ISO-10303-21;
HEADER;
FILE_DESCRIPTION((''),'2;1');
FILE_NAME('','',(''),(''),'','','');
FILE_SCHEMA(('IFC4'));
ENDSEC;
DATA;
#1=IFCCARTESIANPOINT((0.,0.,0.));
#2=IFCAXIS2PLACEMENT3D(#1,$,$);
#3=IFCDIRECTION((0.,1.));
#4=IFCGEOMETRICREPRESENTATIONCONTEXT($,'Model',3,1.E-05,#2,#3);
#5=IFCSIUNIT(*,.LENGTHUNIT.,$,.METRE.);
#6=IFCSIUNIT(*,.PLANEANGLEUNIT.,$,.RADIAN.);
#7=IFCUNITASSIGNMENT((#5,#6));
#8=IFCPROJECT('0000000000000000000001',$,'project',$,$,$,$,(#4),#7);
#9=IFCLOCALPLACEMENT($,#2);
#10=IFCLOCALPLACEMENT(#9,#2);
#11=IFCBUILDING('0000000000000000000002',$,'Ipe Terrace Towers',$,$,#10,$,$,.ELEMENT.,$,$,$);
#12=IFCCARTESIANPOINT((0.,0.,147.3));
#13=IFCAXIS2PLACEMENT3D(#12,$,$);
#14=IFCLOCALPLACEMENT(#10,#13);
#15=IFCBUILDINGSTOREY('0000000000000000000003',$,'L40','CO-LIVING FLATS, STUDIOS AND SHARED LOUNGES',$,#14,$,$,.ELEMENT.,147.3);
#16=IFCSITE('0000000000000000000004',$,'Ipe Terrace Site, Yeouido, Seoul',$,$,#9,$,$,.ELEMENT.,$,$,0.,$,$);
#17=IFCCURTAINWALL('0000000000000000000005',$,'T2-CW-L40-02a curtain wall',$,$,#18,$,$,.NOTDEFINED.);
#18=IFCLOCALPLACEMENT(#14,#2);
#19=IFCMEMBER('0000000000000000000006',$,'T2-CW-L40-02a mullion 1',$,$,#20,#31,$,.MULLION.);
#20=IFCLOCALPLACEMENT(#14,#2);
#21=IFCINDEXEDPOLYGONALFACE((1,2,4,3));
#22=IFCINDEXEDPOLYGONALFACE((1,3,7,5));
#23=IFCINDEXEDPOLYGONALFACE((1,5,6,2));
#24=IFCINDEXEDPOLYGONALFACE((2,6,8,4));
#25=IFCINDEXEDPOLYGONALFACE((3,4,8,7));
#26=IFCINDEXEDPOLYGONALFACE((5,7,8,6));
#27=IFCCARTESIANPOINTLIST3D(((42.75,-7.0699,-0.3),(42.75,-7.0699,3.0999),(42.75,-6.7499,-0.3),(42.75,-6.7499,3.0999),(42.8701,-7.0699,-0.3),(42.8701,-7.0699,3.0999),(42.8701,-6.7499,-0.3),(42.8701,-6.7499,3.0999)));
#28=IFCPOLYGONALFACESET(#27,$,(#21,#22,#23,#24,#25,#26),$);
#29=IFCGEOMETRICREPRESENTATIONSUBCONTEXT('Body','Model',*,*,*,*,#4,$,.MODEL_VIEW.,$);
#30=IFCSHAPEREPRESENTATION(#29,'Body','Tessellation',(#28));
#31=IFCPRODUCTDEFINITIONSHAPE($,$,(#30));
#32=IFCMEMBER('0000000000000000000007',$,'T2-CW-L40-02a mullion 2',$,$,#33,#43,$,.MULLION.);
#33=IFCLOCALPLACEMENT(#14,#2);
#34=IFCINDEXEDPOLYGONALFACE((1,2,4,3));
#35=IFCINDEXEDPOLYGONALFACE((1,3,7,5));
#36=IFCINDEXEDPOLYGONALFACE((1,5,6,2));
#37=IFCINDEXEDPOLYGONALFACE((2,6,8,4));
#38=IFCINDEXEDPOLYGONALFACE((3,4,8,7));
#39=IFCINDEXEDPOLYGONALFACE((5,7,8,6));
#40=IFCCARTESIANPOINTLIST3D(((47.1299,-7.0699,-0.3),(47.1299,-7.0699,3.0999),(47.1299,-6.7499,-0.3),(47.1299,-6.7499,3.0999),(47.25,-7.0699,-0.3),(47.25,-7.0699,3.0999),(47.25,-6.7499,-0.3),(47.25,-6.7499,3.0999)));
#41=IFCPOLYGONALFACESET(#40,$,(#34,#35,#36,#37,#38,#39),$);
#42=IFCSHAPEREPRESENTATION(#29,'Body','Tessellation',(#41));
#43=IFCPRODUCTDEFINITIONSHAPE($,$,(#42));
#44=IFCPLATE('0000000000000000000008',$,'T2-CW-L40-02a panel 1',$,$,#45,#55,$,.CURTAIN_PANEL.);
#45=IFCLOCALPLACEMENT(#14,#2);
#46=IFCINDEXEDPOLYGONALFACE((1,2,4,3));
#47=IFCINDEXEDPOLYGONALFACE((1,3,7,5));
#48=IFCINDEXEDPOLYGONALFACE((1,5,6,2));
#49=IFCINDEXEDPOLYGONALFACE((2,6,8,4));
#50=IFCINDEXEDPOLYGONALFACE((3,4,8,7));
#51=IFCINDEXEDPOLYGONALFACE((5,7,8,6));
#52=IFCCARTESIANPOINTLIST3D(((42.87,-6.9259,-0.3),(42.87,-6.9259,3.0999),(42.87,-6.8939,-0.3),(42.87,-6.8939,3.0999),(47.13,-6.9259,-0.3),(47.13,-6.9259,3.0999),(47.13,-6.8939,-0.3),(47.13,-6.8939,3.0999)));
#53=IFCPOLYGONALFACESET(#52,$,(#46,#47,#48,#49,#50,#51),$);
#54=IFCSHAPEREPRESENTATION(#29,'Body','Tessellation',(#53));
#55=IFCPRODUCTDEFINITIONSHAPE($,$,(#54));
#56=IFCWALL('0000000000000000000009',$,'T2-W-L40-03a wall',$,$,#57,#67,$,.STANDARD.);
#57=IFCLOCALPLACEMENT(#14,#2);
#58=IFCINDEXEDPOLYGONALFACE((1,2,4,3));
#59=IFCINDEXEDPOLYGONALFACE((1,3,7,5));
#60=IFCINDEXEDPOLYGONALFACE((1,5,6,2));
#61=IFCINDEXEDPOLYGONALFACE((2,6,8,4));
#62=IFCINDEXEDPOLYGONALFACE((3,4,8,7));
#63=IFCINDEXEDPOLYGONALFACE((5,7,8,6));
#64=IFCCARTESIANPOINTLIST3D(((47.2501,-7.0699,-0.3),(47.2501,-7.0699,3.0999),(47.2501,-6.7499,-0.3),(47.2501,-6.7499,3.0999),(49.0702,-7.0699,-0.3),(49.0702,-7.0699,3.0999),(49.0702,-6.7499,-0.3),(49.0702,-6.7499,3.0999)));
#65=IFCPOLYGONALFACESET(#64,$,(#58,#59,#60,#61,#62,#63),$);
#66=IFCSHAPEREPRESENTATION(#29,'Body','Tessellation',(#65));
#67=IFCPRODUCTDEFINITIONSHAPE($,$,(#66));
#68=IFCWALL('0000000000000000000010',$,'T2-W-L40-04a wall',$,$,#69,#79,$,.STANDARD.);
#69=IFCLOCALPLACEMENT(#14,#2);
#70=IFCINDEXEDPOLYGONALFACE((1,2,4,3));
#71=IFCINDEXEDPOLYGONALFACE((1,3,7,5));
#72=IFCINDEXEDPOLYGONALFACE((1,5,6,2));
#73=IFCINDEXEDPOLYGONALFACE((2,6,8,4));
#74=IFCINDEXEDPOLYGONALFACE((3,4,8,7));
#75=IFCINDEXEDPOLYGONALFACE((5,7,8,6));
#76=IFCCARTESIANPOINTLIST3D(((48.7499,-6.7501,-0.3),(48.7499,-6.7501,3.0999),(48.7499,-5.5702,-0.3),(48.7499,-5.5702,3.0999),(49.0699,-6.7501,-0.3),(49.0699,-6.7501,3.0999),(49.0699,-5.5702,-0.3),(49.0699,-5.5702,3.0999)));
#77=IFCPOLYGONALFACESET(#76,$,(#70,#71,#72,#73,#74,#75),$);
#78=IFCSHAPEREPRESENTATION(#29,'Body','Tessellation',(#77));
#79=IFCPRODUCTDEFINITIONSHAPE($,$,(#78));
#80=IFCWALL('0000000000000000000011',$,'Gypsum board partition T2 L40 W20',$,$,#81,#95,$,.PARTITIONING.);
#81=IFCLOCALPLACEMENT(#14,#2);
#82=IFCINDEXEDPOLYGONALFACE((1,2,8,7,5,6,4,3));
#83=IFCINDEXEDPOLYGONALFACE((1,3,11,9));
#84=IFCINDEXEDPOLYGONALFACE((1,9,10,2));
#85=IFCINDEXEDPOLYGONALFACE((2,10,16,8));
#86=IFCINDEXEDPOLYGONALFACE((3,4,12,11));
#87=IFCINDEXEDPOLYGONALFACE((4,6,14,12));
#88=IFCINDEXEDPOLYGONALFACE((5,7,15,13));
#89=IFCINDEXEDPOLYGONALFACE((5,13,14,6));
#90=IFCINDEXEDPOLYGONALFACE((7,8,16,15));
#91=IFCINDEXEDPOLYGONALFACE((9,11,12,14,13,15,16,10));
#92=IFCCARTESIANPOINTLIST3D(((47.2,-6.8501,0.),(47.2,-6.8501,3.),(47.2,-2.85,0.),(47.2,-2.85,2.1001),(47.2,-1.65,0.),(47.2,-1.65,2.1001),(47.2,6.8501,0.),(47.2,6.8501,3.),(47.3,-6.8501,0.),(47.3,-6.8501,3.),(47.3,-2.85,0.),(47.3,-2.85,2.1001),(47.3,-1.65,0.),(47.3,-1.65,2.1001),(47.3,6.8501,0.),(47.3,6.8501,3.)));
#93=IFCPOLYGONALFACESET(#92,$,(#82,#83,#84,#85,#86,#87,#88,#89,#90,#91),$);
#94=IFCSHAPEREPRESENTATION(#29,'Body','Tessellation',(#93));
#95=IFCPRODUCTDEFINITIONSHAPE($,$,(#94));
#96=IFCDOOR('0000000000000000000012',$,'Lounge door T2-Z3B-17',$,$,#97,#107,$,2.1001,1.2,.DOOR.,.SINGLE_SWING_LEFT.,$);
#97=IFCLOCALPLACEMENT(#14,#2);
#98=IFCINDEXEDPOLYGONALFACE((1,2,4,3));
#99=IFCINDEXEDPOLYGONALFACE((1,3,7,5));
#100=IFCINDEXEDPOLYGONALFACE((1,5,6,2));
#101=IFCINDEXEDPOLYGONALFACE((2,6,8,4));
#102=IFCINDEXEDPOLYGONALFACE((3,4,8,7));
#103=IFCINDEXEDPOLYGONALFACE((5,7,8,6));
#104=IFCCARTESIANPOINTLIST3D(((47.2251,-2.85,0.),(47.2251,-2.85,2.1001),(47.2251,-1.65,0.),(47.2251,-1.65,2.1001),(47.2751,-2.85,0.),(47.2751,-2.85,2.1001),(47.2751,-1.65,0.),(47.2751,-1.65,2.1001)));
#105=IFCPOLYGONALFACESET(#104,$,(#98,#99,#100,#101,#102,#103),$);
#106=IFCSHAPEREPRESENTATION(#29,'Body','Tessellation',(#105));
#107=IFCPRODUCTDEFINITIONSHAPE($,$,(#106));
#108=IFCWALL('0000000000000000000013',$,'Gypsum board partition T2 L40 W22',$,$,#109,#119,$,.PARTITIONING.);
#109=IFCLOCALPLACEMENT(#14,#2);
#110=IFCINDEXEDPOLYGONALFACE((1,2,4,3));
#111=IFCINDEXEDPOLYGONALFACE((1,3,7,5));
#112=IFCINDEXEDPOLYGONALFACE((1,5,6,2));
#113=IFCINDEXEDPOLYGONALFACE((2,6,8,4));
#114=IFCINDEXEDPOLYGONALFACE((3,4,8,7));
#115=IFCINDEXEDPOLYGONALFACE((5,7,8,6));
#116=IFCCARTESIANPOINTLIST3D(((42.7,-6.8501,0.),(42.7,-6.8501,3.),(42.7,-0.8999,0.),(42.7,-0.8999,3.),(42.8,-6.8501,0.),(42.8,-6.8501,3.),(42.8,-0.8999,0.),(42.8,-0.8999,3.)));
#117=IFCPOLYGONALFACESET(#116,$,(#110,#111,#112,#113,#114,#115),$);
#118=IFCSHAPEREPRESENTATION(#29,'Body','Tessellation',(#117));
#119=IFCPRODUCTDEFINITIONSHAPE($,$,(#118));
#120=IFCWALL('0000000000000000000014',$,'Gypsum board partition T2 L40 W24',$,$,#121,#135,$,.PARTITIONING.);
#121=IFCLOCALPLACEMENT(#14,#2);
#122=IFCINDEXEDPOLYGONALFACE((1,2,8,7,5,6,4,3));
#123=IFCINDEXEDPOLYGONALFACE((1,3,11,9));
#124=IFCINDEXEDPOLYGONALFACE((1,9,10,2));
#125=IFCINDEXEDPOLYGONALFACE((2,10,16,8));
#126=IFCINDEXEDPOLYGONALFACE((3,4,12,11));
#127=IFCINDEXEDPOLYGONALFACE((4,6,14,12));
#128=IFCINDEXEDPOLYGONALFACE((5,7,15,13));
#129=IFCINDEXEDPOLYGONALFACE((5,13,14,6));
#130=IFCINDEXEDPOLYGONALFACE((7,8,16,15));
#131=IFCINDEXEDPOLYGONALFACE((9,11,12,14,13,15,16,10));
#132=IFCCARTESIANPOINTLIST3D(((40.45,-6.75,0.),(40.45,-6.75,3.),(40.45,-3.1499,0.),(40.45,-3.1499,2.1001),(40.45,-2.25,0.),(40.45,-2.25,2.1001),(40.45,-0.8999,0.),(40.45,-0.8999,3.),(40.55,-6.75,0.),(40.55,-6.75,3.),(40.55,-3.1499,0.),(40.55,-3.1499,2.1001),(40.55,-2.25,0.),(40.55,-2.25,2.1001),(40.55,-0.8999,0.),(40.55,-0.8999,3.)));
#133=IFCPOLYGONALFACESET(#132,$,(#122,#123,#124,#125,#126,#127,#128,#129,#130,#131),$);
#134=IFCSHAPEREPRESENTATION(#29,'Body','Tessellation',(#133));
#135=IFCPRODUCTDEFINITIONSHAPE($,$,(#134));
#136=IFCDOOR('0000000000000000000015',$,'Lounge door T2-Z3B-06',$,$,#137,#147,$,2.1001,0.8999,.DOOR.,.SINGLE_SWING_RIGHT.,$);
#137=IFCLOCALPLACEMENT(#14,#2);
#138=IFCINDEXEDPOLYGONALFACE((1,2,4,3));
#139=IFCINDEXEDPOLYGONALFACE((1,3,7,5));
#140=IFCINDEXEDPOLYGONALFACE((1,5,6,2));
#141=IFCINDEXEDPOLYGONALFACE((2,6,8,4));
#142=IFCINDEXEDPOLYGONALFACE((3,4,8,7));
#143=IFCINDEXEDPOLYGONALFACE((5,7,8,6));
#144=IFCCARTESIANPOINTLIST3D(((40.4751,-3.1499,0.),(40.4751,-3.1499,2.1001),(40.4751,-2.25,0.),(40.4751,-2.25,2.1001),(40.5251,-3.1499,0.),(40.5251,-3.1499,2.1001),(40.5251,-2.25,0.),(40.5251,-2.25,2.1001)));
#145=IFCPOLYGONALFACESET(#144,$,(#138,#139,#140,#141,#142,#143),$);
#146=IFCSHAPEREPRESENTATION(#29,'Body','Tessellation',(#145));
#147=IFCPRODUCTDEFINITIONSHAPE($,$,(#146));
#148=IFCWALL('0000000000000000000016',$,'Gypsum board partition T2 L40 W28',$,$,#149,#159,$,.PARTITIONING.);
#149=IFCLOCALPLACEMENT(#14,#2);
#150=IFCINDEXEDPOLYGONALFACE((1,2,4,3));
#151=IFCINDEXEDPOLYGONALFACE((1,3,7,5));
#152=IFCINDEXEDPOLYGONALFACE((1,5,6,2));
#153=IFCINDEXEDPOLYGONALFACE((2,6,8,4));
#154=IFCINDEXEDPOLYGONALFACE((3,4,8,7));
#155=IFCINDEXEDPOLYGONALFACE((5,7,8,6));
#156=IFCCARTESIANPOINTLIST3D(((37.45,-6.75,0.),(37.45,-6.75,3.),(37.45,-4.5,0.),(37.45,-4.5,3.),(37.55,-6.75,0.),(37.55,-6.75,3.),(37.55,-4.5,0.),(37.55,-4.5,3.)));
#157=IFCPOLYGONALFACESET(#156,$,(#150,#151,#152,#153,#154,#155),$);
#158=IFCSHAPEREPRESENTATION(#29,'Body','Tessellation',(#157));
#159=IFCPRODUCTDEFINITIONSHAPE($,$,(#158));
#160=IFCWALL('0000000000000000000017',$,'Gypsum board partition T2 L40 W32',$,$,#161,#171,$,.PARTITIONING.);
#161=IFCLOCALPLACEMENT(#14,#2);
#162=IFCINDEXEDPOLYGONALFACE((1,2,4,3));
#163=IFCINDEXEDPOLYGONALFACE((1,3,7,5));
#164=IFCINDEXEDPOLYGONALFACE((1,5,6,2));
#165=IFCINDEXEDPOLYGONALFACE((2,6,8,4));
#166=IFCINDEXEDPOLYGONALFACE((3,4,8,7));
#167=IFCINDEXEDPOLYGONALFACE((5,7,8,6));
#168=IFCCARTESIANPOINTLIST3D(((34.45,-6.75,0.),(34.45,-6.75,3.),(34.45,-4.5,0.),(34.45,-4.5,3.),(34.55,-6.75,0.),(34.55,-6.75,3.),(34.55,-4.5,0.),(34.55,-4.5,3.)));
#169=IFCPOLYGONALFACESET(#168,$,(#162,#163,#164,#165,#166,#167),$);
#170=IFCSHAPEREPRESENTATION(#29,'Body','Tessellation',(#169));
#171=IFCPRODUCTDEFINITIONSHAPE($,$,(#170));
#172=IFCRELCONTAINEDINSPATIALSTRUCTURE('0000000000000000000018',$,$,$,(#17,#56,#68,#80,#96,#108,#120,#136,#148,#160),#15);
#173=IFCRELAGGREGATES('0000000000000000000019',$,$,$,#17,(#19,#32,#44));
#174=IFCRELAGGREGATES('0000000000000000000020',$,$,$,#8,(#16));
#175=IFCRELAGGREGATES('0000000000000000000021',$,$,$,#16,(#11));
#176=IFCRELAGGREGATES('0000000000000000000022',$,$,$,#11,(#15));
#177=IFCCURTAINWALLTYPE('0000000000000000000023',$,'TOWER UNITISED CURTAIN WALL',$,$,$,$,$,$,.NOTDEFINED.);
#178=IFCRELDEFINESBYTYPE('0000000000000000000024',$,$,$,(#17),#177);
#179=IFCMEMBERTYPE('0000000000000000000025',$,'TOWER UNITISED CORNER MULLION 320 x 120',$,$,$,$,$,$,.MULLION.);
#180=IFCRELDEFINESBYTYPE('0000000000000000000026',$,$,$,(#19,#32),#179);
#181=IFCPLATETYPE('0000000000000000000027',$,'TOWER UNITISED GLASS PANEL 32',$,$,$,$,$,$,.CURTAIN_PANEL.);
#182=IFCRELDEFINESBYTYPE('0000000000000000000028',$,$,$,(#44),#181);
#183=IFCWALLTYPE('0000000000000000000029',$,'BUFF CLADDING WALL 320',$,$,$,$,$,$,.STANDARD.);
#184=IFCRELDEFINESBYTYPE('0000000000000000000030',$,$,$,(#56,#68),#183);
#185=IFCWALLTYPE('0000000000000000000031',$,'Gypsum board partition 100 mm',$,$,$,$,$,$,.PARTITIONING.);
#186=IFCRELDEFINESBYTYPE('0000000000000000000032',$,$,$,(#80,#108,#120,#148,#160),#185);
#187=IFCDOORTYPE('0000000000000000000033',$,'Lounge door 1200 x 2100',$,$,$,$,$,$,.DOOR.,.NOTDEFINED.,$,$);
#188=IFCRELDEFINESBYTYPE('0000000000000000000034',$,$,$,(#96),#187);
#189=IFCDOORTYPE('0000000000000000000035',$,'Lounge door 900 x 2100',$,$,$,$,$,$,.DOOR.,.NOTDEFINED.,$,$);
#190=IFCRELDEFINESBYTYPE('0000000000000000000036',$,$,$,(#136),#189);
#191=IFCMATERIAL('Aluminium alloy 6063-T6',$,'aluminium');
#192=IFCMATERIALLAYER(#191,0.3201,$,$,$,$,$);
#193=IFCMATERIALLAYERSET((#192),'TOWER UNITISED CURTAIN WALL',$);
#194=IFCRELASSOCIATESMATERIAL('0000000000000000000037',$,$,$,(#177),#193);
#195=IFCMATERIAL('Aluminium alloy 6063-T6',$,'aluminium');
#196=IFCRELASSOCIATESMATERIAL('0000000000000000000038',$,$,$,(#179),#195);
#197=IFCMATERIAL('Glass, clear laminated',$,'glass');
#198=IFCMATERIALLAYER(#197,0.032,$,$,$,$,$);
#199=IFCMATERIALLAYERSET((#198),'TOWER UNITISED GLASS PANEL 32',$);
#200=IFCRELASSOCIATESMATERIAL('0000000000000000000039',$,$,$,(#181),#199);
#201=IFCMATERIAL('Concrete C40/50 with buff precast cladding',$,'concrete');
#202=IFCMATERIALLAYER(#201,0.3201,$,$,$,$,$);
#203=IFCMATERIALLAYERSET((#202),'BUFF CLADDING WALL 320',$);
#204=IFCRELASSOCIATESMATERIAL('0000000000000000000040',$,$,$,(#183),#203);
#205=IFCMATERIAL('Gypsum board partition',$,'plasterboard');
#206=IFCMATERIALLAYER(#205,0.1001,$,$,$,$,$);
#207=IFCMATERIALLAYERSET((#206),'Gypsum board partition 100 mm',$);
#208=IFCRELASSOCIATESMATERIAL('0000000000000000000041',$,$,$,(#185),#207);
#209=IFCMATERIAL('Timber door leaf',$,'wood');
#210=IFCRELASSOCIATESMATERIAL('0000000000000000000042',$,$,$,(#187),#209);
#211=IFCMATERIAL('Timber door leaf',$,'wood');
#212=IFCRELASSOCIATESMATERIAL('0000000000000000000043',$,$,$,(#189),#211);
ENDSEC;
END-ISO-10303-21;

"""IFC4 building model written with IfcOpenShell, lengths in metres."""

from ifc_helpers import new_model, si_unit, direction, frame, frame_2d, origin, origin_2d, place, context, subcontext, project, spatial, rectangle, extrude, material, layer, layer_set, material_profile, profile_set, type_object, element, fill, aggregate, save


model = new_model("IFC4")

# Units and contexts
model_context = context("Model", 3, precision=1e-05, world=origin(), true_north=direction((0.0, 1.0)))
body_context = subcontext(model_context, "Body", "Model", "MODEL_VIEW")
ifc_project = project(units=[si_unit("LENGTHUNIT", "METRE"), si_unit("PLANEANGLEUNIT", "RADIAN")], contexts=[model_context])

# Site, building, storey
site_placement = place(None, origin())
site = spatial("IfcSite", under=ifc_project, at=site_placement, Name="Ipe Terrace Site, Yeouido, Seoul", CompositionType="ELEMENT", RefElevation=0.0)
building_placement = place(site_placement, origin())
building = spatial("IfcBuilding", under=site, at=building_placement, Name="Ipe Terrace Towers", CompositionType="ELEMENT")
storey_placement = place(building_placement, frame((0.0, 0.0, 147.3)))
storey = spatial("IfcBuildingStorey", under=building, at=storey_placement, Name="L40", Description="CO-LIVING FLATS, STUDIOS AND SHARED LOUNGES", CompositionType="ELEMENT", Elevation=147.3)

# Curtain wall, members, plate
ifc_material_1 = material(Name="Aluminium alloy 6063-T6", Category="aluminium")
ifc_layer_1 = layer(ifc_material_1, 0.3201)
ifc_layer_set_1 = layer_set([ifc_layer_1], Name="TOWER UNITISED CURTAIN WALL")
curtain_wall_type = type_object("IfcCurtainWallType", Name="TOWER UNITISED CURTAIN WALL", PredefinedType="NOTDEFINED", material=ifc_layer_set_1)
curtain_wall_placement = place(storey_placement, origin())
curtain_wall = element("IfcCurtainWall", 1, at=curtain_wall_placement, inside=storey, type_object=curtain_wall_type, Name="T2-CW-L40-02a curtain wall", PredefinedType="NOTDEFINED")
ifc_material_2 = material(Name="Aluminium alloy 6063-T6", Category="aluminium")
ifc_material_profile = material_profile(ifc_material_2, rectangle(XDim=0.3201, YDim=0.1201, at=origin_2d()), Name="TOWER UNITISED CORNER MULLION 320 x 120")
ifc_profile_set = profile_set([ifc_material_profile], Name="Aluminium alloy 6063-T6")
member_type = type_object("IfcMemberType", Name="TOWER UNITISED CORNER MULLION 320 x 120", PredefinedType="MULLION", material=ifc_profile_set)
member_1_placement = place(storey_placement, frame((42.8101, -6.9099, -0.3), z_axis=(0.0, 0.0, 1.0), x_axis=(0.0, -1.0, 0.0)))
member_1 = element("IfcMember", 2, at=member_1_placement, type_object=member_type, Name="T2-CW-L40-02a mullion 1", PredefinedType="MULLION", context=body_context, shape_type="SweptSolid", body=[
    extrude(rectangle(XDim=0.3201, YDim=0.1201, at=origin_2d()), origin(), (0.0, 0.0, 1.0), 3.3999),
])
member_2_placement = place(storey_placement, frame((47.1899, -6.9099, -0.3), z_axis=(0.0, 0.0, 1.0), x_axis=(0.0, -1.0, 0.0)))
member_2 = element("IfcMember", 3, at=member_2_placement, type_object=member_type, Name="T2-CW-L40-02a mullion 2", PredefinedType="MULLION", context=body_context, shape_type="SweptSolid", body=[
    extrude(rectangle(XDim=0.3201, YDim=0.1201, at=origin_2d()), origin(), (0.0, 0.0, 1.0), 3.3999),
])
ifc_material_3 = material(Name="Glass, clear laminated", Category="glass")
ifc_layer_2 = layer(ifc_material_3, 0.032)
ifc_layer_set_2 = layer_set([ifc_layer_2], Name="TOWER UNITISED GLASS PANEL 32")
plate_type = type_object("IfcPlateType", Name="TOWER UNITISED GLASS PANEL 32", PredefinedType="CURTAIN_PANEL", material=ifc_layer_set_2)
plate_placement = place(storey_placement, frame((45.0, -6.9099, -0.3), z_axis=(0.0, 0.0, 1.0), x_axis=(1.0, 0.0, 0.0)))
plate = element("IfcPlate", 4, at=plate_placement, type_object=plate_type, Name="T2-CW-L40-02a panel 1", PredefinedType="CURTAIN_PANEL", context=body_context, shape_type="SweptSolid", body=[
    extrude(rectangle(XDim=4.26, YDim=0.032, at=origin_2d()), origin(), (0.0, 0.0, 1.0), 3.3999),
])
aggregate(curtain_wall, [member_1, member_2, plate])

# Walls
ifc_material_4 = material(Name="Concrete C40/50 with buff precast cladding", Category="concrete")
ifc_layer_3 = layer(ifc_material_4, 0.3201)
ifc_layer_set_3 = layer_set([ifc_layer_3], Name="BUFF CLADDING WALL 320")
wall_type_1 = type_object("IfcWallType", Name="BUFF CLADDING WALL 320", PredefinedType="STANDARD", material=ifc_layer_set_3)
wall_1_placement = place(storey_placement, frame((47.25, -6.9099, -0.3), z_axis=(0.0, 0.0, 1.0), x_axis=(1.0, 0.0, 0.0)))
element("IfcWall", 5, at=wall_1_placement, inside=storey, type_object=wall_type_1, Name="T2-W-L40-03a wall", PredefinedType="STANDARD", context=body_context, shape_type="SweptSolid", body=[
    extrude(rectangle(XDim=1.8201, YDim=0.3201, at=frame_2d((0.9102, 0.0))), origin(), (0.0, 0.0, 1.0), 3.3999),
])
wall_2_placement = place(storey_placement, frame((48.9099, -6.75, -0.3), z_axis=(0.0, 0.0, 1.0), x_axis=(0.0, 1.0, 0.0)))
element("IfcWall", 6, at=wall_2_placement, inside=storey, type_object=wall_type_1, Name="T2-W-L40-04a wall", PredefinedType="STANDARD", context=body_context, shape_type="SweptSolid", body=[
    extrude(rectangle(XDim=1.1799, YDim=0.3201, at=frame_2d((0.5898, 0.0))), origin(), (0.0, 0.0, 1.0), 3.3999),
])

# Wall, opening, door
ifc_material_5 = material(Name="Gypsum board partition", Category="plasterboard")
ifc_layer_4 = layer(ifc_material_5, 0.1001)
ifc_layer_set_4 = layer_set([ifc_layer_4], Name="Gypsum board partition 100 mm")
wall_type_2 = type_object("IfcWallType", Name="Gypsum board partition 100 mm", PredefinedType="PARTITIONING", material=ifc_layer_set_4)
wall_3_placement = place(storey_placement, frame((47.25, -6.8501, 0.0), z_axis=(0.0, 0.0, 1.0), x_axis=(0.0, 1.0, 0.0)))
wall_3 = element("IfcWall", 7, at=wall_3_placement, inside=storey, type_object=wall_type_2, Name="Gypsum board partition T2 L40 W20", PredefinedType="PARTITIONING", context=body_context, shape_type="SweptSolid", body=[
    extrude(rectangle(XDim=13.7002, YDim=0.1001, at=frame_2d((6.8501, 0.0))), origin(), (0.0, 0.0, 1.0), 3.0),
])
opening_1_placement = place(wall_3_placement, frame((4.0, 0.0, 0.0)))
opening_1 = element("IfcOpeningElement", 8, at=opening_1_placement, cuts=wall_3, PredefinedType="OPENING", context=body_context, shape_type="SweptSolid", body=[
    extrude(rectangle(XDim=1.2, YDim=2.1001, at=frame_2d((0.6001, 1.05))), frame((0.0, 0.0601, 0.0), z_axis=(0.0, -1.0, 0.0), x_axis=(1.0, 0.0, 0.0)), (0.0, 0.0, 1.0), 0.1201),
])
ifc_material_6 = material(Name="Timber door leaf", Category="wood")
door_type_1 = type_object("IfcDoorType", Name="Lounge door 1200 x 2100", OperationType="NOTDEFINED", PredefinedType="DOOR", material=ifc_material_6)
door_1_placement = place(opening_1_placement, origin())
door_1 = element("IfcDoor", 9, at=door_1_placement, inside=storey, type_object=door_type_1, Name="Lounge door T2-Z3B-17", OperationType="SINGLE_SWING_LEFT", OverallHeight=2.1001, OverallWidth=1.2, PredefinedType="DOOR", context=body_context, shape_type="SweptSolid", body=[
    extrude(rectangle(XDim=1.2, YDim=2.1001, at=frame_2d((0.6001, 1.05))), frame((0.0, 0.0249, 0.0), z_axis=(0.0, -1.0, 0.0), x_axis=(1.0, 0.0, 0.0)), (0.0, 0.0, 1.0), 0.05),
])
fill(opening_1, door_1)

# Wall
wall_4_placement = place(storey_placement, frame((42.75, -6.8501, 0.0), z_axis=(0.0, 0.0, 1.0), x_axis=(0.0, 1.0, 0.0)))
element("IfcWall", 10, at=wall_4_placement, inside=storey, type_object=wall_type_2, Name="Gypsum board partition T2 L40 W22", PredefinedType="PARTITIONING", context=body_context, shape_type="SweptSolid", body=[
    extrude(rectangle(XDim=5.9502, YDim=0.1001, at=frame_2d((2.9751, 0.0))), origin(), (0.0, 0.0, 1.0), 3.0),
])

# Wall, opening, door
wall_5_placement = place(storey_placement, frame((40.5, -6.75, 0.0), z_axis=(0.0, 0.0, 1.0), x_axis=(0.0, 1.0, 0.0)))
wall_5 = element("IfcWall", 11, at=wall_5_placement, inside=storey, type_object=wall_type_2, Name="Gypsum board partition T2 L40 W24", PredefinedType="PARTITIONING", context=body_context, shape_type="SweptSolid", body=[
    extrude(rectangle(XDim=5.8501, YDim=0.1001, at=frame_2d((2.925, 0.0))), origin(), (0.0, 0.0, 1.0), 3.0),
])
opening_2_placement = place(wall_5_placement, frame((3.6001, 0.0, 0.0)))
opening_2 = element("IfcOpeningElement", 12, at=opening_2_placement, cuts=wall_5, PredefinedType="OPENING", context=body_context, shape_type="SweptSolid", body=[
    extrude(rectangle(XDim=0.8999, YDim=2.1001, at=frame_2d((0.45, 1.05))), frame((0.0, 0.0601, 0.0), z_axis=(0.0, -1.0, 0.0), x_axis=(1.0, 0.0, 0.0)), (0.0, 0.0, 1.0), 0.1201),
])
ifc_material_7 = material(Name="Timber door leaf", Category="wood")
door_type_2 = type_object("IfcDoorType", Name="Lounge door 900 x 2100", OperationType="NOTDEFINED", PredefinedType="DOOR", material=ifc_material_7)
door_2_placement = place(opening_2_placement, origin())
door_2 = element("IfcDoor", 13, at=door_2_placement, inside=storey, type_object=door_type_2, Name="Lounge door T2-Z3B-06", OperationType="SINGLE_SWING_RIGHT", OverallHeight=2.1001, OverallWidth=0.8999, PredefinedType="DOOR", context=body_context, shape_type="SweptSolid", body=[
    extrude(rectangle(XDim=0.8999, YDim=2.1001, at=frame_2d((0.45, 1.05))), frame((0.0, 0.0249, 0.0), z_axis=(0.0, -1.0, 0.0), x_axis=(1.0, 0.0, 0.0)), (0.0, 0.0, 1.0), 0.05),
])
fill(opening_2, door_2)

# Walls
for number, where, z_axis, x_axis, name in (
    (14, (37.5, -6.75, 0.0), (0.0, 0.0, 1.0), (0.0, 1.0, 0.0), "Gypsum board partition T2 L40 W28"),
    (15, (34.5, -6.75, 0.0), (0.0, 0.0, 1.0), (0.0, 1.0, 0.0), "Gypsum board partition T2 L40 W32"),
):
    element("IfcWall", number, at=place(storey_placement, frame(where, z_axis=z_axis, x_axis=x_axis)), inside=storey, type_object=wall_type_2, Name=name, PredefinedType="PARTITIONING", context=body_context, shape_type="SweptSolid", body=[
        extrude(rectangle(XDim=2.25, YDim=0.1001, at=frame_2d((1.125, 0.0))), origin(), (0.0, 0.0, 1.0), 3.0),
    ])

save(model, "model.ifc")
